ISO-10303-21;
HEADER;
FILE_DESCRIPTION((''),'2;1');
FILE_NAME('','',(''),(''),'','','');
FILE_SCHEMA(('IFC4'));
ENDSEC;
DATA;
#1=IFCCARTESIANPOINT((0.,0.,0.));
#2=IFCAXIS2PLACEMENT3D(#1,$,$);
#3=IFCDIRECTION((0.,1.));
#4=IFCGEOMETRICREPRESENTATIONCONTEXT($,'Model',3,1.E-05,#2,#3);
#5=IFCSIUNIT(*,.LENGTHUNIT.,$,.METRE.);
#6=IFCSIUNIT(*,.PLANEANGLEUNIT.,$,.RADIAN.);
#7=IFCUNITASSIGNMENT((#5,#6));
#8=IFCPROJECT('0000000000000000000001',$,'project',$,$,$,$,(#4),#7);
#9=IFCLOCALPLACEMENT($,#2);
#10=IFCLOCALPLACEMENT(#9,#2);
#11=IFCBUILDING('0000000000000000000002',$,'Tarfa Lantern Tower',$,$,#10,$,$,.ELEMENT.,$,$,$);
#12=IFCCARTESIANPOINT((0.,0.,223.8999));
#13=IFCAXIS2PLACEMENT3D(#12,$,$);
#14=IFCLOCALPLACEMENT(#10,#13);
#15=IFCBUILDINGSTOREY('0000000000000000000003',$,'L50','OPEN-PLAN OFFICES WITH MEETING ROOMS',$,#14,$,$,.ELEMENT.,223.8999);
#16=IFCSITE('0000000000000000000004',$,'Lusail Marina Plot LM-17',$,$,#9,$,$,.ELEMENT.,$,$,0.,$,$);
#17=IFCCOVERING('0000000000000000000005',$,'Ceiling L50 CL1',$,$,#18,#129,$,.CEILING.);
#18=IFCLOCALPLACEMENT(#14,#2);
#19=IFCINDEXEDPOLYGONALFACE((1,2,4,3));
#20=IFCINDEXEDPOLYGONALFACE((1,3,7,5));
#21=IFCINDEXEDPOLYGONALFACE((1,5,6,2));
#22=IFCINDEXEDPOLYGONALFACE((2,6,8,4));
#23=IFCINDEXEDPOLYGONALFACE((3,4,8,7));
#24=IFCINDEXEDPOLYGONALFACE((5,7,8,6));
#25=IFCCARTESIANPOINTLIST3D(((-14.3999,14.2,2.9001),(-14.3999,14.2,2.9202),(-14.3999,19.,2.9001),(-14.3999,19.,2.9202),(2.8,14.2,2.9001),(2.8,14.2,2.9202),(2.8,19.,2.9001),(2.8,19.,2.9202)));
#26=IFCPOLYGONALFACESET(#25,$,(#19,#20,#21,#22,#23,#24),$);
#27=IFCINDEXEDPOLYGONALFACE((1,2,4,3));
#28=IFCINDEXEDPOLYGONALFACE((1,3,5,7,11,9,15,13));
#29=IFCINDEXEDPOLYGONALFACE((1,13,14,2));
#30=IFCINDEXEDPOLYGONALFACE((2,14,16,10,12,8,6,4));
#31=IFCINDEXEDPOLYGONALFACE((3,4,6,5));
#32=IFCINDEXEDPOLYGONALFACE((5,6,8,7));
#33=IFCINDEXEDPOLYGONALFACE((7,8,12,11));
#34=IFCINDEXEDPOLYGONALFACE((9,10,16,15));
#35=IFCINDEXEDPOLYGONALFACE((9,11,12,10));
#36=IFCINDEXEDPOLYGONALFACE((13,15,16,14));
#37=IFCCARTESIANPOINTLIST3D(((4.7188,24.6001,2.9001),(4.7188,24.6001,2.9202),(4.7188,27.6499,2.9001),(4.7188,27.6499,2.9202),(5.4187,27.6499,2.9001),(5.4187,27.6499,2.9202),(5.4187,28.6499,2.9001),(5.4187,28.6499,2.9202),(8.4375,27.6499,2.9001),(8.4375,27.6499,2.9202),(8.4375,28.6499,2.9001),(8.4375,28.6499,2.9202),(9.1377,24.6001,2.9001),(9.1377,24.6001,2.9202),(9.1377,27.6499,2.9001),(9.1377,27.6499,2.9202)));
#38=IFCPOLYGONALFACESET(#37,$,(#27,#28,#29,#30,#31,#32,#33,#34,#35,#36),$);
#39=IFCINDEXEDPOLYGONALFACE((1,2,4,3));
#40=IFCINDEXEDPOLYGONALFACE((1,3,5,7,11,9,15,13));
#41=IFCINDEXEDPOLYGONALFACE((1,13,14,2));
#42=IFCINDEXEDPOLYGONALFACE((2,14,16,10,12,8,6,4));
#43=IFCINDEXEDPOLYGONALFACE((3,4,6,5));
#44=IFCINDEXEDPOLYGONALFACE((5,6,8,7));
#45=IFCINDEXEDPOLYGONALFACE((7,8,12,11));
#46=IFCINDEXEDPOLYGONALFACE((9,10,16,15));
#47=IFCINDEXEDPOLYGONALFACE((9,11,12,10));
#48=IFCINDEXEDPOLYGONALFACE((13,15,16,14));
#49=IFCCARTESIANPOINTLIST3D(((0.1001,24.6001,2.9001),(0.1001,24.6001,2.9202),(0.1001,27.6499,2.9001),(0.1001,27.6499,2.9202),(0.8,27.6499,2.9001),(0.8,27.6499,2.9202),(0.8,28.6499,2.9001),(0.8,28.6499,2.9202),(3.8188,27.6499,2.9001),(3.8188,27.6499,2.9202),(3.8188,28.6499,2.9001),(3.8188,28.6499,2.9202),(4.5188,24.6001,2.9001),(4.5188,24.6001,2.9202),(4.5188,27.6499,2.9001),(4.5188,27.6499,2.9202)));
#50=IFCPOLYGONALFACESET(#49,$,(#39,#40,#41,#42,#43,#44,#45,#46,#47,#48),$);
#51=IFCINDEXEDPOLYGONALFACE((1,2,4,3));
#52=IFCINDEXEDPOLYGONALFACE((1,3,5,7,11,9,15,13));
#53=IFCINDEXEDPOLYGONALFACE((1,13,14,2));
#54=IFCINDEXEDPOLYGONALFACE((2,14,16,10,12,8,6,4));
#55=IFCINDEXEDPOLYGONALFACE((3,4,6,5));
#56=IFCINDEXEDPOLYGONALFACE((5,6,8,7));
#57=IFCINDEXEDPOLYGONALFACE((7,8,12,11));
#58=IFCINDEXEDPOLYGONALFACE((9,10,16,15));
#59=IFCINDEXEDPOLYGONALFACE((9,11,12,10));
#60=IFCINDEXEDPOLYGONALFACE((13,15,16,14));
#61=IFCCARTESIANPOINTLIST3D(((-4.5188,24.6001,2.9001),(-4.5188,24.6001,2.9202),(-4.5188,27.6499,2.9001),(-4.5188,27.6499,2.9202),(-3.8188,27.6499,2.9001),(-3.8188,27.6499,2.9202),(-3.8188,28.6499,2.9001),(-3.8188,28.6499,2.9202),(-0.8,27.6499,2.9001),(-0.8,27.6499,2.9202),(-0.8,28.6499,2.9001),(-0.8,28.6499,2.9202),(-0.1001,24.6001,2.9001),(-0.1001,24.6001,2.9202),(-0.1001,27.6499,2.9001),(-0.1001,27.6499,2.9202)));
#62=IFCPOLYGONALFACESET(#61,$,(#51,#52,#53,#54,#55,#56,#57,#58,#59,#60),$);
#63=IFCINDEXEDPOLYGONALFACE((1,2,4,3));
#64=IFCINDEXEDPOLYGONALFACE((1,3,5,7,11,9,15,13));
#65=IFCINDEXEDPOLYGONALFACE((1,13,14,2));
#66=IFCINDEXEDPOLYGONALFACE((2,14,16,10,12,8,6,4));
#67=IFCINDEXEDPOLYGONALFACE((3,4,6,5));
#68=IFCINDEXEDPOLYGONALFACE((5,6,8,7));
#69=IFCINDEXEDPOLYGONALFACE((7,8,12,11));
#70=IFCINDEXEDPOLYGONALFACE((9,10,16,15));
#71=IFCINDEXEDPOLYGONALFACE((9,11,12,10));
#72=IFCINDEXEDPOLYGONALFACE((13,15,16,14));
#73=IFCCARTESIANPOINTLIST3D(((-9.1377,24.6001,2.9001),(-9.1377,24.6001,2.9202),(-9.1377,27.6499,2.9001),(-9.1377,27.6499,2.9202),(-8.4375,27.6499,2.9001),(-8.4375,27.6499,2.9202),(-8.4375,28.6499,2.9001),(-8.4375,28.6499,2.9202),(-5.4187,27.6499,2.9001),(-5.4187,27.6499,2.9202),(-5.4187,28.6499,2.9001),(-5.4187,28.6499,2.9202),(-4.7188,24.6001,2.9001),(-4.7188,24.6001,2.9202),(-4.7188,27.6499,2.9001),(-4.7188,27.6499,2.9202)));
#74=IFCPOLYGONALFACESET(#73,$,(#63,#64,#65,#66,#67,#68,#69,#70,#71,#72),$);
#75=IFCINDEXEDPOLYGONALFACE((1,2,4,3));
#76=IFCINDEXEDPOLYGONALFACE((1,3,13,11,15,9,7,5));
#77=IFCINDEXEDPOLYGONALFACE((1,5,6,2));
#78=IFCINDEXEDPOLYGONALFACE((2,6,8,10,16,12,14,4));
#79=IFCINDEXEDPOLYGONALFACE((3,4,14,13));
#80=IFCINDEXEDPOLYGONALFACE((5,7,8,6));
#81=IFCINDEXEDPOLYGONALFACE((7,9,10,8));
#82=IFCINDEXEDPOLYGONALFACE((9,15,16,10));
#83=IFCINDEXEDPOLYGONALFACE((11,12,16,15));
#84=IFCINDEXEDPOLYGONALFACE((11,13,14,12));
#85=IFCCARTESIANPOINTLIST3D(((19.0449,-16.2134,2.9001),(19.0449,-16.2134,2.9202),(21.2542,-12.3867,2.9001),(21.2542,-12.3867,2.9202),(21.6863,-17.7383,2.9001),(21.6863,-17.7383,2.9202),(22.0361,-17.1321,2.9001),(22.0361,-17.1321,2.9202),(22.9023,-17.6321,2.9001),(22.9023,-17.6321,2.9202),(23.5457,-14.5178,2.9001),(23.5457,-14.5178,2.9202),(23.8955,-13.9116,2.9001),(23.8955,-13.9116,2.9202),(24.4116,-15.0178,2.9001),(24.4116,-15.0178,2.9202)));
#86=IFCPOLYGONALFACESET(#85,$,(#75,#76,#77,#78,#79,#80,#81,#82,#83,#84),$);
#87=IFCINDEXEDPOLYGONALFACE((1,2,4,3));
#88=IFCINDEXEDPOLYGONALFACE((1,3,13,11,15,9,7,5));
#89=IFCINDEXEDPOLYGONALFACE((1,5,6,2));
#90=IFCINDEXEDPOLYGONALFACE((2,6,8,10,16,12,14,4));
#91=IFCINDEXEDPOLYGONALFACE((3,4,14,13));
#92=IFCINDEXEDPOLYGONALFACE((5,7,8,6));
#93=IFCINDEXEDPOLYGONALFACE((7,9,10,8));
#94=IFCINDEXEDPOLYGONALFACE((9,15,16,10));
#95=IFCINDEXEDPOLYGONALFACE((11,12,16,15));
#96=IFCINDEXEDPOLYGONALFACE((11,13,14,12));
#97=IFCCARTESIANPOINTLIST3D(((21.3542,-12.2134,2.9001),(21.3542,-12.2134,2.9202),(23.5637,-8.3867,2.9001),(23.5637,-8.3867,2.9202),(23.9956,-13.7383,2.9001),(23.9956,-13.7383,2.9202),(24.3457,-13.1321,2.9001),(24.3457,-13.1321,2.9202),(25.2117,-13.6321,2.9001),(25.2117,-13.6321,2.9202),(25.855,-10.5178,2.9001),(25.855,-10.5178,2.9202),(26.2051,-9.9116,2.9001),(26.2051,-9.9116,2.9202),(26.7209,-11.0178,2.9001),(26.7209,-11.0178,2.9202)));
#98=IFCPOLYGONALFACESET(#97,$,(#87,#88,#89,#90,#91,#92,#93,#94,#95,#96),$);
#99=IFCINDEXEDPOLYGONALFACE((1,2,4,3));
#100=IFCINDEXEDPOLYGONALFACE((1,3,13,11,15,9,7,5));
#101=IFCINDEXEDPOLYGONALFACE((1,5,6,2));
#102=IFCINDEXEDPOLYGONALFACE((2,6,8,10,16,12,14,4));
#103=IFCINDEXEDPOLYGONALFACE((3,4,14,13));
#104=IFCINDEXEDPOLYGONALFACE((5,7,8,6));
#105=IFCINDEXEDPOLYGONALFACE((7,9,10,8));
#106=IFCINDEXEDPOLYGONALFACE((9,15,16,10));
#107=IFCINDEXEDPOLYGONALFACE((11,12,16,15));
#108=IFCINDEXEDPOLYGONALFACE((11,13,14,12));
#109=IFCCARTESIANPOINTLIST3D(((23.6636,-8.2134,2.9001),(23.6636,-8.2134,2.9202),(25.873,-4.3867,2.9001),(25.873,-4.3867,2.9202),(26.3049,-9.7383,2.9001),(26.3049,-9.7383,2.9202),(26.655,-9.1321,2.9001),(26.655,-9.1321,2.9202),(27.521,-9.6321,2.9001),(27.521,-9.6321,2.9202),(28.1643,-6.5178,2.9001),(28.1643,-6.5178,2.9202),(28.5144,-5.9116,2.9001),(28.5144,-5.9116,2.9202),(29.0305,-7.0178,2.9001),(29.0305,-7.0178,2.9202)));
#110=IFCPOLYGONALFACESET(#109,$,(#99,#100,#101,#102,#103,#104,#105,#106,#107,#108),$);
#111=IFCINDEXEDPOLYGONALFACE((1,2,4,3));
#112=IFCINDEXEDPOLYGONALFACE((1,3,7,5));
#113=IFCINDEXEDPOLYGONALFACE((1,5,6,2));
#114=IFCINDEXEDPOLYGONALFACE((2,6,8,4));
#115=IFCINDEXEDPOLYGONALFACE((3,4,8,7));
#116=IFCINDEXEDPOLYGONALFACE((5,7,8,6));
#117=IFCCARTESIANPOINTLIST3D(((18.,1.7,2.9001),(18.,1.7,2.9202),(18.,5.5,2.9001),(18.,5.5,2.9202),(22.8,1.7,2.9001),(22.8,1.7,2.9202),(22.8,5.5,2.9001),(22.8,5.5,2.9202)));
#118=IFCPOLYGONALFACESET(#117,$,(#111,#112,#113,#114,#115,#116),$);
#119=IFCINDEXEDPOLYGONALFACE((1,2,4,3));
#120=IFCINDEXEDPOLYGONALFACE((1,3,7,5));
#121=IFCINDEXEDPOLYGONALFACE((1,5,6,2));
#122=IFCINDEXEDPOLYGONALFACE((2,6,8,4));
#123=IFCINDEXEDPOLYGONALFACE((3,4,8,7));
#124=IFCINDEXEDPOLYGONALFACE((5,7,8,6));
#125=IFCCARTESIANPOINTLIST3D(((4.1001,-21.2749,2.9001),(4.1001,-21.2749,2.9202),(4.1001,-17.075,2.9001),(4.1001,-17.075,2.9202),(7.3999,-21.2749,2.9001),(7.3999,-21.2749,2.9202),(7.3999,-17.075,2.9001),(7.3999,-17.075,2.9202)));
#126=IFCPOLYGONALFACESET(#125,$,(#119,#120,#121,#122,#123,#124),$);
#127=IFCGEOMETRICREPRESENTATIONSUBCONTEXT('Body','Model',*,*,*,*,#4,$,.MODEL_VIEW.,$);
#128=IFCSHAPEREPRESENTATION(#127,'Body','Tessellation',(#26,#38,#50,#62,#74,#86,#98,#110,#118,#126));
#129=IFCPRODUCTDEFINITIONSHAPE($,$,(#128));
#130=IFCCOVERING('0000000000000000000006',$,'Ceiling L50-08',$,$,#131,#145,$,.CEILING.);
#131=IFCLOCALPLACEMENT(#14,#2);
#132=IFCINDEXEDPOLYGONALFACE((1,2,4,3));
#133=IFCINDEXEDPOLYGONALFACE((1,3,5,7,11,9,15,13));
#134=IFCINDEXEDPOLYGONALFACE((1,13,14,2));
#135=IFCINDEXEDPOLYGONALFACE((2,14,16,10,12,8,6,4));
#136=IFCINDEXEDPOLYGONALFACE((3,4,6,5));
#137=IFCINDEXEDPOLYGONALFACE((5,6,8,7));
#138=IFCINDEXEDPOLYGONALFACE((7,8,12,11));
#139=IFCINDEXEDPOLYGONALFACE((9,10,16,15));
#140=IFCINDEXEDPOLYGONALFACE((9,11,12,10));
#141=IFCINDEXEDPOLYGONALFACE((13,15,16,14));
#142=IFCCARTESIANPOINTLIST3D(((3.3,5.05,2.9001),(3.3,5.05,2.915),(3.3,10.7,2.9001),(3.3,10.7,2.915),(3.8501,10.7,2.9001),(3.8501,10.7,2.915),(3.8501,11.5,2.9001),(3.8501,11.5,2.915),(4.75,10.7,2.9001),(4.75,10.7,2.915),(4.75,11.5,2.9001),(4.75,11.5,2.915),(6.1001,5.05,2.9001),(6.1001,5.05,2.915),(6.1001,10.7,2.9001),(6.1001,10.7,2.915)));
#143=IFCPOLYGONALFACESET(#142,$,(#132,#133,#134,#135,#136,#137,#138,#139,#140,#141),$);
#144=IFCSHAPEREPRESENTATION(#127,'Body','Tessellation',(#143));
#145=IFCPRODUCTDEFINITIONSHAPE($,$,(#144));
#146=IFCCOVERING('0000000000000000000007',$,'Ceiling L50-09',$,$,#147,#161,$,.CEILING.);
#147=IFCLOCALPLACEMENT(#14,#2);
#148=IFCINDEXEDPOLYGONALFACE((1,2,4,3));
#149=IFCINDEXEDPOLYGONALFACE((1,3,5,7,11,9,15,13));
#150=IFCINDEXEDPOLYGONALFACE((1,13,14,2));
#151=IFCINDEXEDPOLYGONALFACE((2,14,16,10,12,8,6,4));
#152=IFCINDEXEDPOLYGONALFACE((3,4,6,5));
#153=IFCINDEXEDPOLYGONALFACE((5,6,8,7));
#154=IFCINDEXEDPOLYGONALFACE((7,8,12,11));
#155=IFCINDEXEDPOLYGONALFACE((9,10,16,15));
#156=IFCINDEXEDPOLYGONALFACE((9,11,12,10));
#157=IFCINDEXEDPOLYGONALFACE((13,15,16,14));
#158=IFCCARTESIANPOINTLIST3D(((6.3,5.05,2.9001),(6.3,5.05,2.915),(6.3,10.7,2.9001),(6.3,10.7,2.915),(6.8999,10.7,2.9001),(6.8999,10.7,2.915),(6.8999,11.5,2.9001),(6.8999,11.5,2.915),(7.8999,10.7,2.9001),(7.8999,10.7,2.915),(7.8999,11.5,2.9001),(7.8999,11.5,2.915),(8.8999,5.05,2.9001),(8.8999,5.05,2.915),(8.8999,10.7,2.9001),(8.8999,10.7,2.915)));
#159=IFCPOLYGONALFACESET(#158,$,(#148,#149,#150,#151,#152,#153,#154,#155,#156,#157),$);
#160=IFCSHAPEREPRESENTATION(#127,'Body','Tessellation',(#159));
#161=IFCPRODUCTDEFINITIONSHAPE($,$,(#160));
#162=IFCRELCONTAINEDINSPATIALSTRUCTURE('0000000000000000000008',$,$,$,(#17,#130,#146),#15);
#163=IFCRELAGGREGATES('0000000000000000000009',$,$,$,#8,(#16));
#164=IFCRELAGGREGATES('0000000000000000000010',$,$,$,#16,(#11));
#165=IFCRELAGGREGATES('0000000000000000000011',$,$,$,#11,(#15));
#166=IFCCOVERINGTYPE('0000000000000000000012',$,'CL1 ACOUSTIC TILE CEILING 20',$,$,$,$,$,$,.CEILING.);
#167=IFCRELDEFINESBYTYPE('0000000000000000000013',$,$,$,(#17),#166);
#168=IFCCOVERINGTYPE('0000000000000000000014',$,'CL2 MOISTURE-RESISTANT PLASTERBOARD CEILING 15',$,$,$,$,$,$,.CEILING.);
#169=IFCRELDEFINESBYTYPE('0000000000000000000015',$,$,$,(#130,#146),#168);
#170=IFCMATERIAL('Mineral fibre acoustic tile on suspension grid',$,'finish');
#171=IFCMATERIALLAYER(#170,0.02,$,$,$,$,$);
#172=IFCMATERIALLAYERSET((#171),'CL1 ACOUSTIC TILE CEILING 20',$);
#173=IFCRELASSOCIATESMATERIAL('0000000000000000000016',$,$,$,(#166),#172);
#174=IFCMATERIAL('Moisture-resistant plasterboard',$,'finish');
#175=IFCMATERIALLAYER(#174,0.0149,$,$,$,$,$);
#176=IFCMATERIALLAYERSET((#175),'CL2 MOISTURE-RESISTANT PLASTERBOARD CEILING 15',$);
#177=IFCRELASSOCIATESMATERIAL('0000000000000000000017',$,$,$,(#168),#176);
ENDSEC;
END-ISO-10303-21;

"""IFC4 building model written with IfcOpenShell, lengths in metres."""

from ifc_helpers import new_model, si_unit, direction, frame, origin, place, context, subcontext, project, spatial, polyline, outline, extrude, material, layer, layer_set, type_object, element, save


model = new_model("IFC4")

# Units and contexts
model_context = context("Model", 3, precision=1e-05, world=origin(), true_north=direction((0.0, 1.0)))
body_context = subcontext(model_context, "Body", "Model", "MODEL_VIEW")
ifc_project = project(units=[si_unit("LENGTHUNIT", "METRE"), si_unit("PLANEANGLEUNIT", "RADIAN")], contexts=[model_context])

# Site, building, storey
site_placement = place(None, origin())
site = spatial("IfcSite", under=ifc_project, at=site_placement, Name="Lusail Marina Plot LM-17", CompositionType="ELEMENT", RefElevation=0.0)
building_placement = place(site_placement, origin())
building = spatial("IfcBuilding", under=site, at=building_placement, Name="Tarfa Lantern Tower", CompositionType="ELEMENT")
storey_placement = place(building_placement, frame((0.0, 0.0, 223.8999)))
storey = spatial("IfcBuildingStorey", under=building, at=storey_placement, Name="L50", Description="OPEN-PLAN OFFICES WITH MEETING ROOMS", CompositionType="ELEMENT", Elevation=223.8999)

# Coverings
ifc_material_1 = material(Name="Mineral fibre acoustic tile on suspension grid", Category="finish")
ifc_layer_1 = layer(ifc_material_1, 0.02)
ifc_layer_set_1 = layer_set([ifc_layer_1], Name="CL1 ACOUSTIC TILE CEILING 20")
covering_type_1 = type_object("IfcCoveringType", Name="CL1 ACOUSTIC TILE CEILING 20", PredefinedType="CEILING", material=ifc_layer_set_1)
covering_1_placement = place(storey_placement, frame((0.0, 0.0, 2.9001)))
element("IfcCovering", 1, at=covering_1_placement, inside=storey, type_object=covering_type_1, Name="Ceiling L50 CL1", PredefinedType="CEILING", context=body_context, shape_type="SweptSolid", body=[
    extrude(outline(polyline([(-14.3999, 19.0), (2.8, 19.0), (2.8, 14.2), (-14.3999, 14.2), (-14.3999, 19.0)])), origin(), (0.0, 0.0, 1.0), 0.02),
    extrude(outline(polyline([(9.1377, 24.6001), (4.7188, 24.6001), (4.7188, 27.6499), (5.4187, 27.6499), (5.4187, 28.6499), (8.4375, 28.6499), (8.4375, 27.6499), (9.1377, 27.6499), (9.1377, 24.6001)])), origin(), (0.0, 0.0, 1.0), 0.02),
    extrude(outline(polyline([(4.5188, 24.6001), (0.1001, 24.6001), (0.1001, 27.6499), (0.8, 27.6499), (0.8, 28.6499), (3.8188, 28.6499), (3.8188, 27.6499), (4.5188, 27.6499), (4.5188, 24.6001)])), origin(), (0.0, 0.0, 1.0), 0.02),
    extrude(outline(polyline([(-0.1001, 24.6001), (-4.5188, 24.6001), (-4.5188, 27.6499), (-3.8188, 27.6499), (-3.8188, 28.6499), (-0.8, 28.6499), (-0.8, 27.6499), (-0.1001, 27.6499), (-0.1001, 24.6001)])), origin(), (0.0, 0.0, 1.0), 0.02),
    extrude(outline(polyline([(-4.7188, 24.6001), (-9.1377, 24.6001), (-9.1377, 27.6499), (-8.4375, 27.6499), (-8.4375, 28.6499), (-5.4187, 28.6499), (-5.4187, 27.6499), (-4.7188, 27.6499), (-4.7188, 24.6001)])), origin(), (0.0, 0.0, 1.0), 0.02),
    extrude(outline(polyline([(21.2542, -12.3867), (23.8955, -13.9116), (23.5457, -14.5178), (24.4116, -15.0178), (22.9023, -17.6321), (22.0361, -17.1321), (21.6863, -17.7383), (19.0449, -16.2134), (21.2542, -12.3867)])), origin(), (0.0, 0.0, 1.0), 0.02),
    extrude(outline(polyline([(23.5637, -8.3867), (26.2051, -9.9116), (25.855, -10.5178), (26.7209, -11.0178), (25.2117, -13.6321), (24.3457, -13.1321), (23.9956, -13.7383), (21.3542, -12.2134), (23.5637, -8.3867)])), origin(), (0.0, 0.0, 1.0), 0.02),
    extrude(outline(polyline([(25.873, -4.3867), (28.5144, -5.9116), (28.1643, -6.5178), (29.0305, -7.0178), (27.521, -9.6321), (26.655, -9.1321), (26.3049, -9.7383), (23.6636, -8.2134), (25.873, -4.3867)])), origin(), (0.0, 0.0, 1.0), 0.02),
    extrude(outline(polyline([(18.0, 5.5), (22.8, 5.5), (22.8, 1.7), (18.0, 1.7), (18.0, 5.5)])), origin(), (0.0, 0.0, 1.0), 0.02),
    extrude(outline(polyline([(7.3999, -21.2749), (4.1001, -21.2749), (4.1001, -17.075), (7.3999, -17.075), (7.3999, -21.2749)])), origin(), (0.0, 0.0, 1.0), 0.02),
])
ifc_material_2 = material(Name="Moisture-resistant plasterboard", Category="finish")
ifc_layer_2 = layer(ifc_material_2, 0.0149)
ifc_layer_set_2 = layer_set([ifc_layer_2], Name="CL2 MOISTURE-RESISTANT PLASTERBOARD CEILING 15")
covering_type_2 = type_object("IfcCoveringType", Name="CL2 MOISTURE-RESISTANT PLASTERBOARD CEILING 15", PredefinedType="CEILING", material=ifc_layer_set_2)
covering_2_placement = place(storey_placement, frame((0.0, 0.0, 2.9001)))
element("IfcCovering", 2, at=covering_2_placement, inside=storey, type_object=covering_type_2, Name="Ceiling L50-08", PredefinedType="CEILING", context=body_context, shape_type="SweptSolid", body=[
    extrude(outline(polyline([(3.3, 5.05), (6.1001, 5.05), (6.1001, 10.7), (4.75, 10.7), (4.75, 11.5), (3.8501, 11.5), (3.8501, 10.7), (3.3, 10.7), (3.3, 5.05)])), origin(), (0.0, 0.0, 1.0), 0.0149),
])
covering_3_placement = place(storey_placement, frame((0.0, 0.0, 2.9001)))
element("IfcCovering", 3, at=covering_3_placement, inside=storey, type_object=covering_type_2, Name="Ceiling L50-09", PredefinedType="CEILING", context=body_context, shape_type="SweptSolid", body=[
    extrude(outline(polyline([(6.3, 5.05), (8.8999, 5.05), (8.8999, 10.7), (7.8999, 10.7), (7.8999, 11.5), (6.8999, 11.5), (6.8999, 10.7), (6.3, 10.7), (6.3, 5.05)])), origin(), (0.0, 0.0, 1.0), 0.0149),
])

save(model, "model.ifc")
